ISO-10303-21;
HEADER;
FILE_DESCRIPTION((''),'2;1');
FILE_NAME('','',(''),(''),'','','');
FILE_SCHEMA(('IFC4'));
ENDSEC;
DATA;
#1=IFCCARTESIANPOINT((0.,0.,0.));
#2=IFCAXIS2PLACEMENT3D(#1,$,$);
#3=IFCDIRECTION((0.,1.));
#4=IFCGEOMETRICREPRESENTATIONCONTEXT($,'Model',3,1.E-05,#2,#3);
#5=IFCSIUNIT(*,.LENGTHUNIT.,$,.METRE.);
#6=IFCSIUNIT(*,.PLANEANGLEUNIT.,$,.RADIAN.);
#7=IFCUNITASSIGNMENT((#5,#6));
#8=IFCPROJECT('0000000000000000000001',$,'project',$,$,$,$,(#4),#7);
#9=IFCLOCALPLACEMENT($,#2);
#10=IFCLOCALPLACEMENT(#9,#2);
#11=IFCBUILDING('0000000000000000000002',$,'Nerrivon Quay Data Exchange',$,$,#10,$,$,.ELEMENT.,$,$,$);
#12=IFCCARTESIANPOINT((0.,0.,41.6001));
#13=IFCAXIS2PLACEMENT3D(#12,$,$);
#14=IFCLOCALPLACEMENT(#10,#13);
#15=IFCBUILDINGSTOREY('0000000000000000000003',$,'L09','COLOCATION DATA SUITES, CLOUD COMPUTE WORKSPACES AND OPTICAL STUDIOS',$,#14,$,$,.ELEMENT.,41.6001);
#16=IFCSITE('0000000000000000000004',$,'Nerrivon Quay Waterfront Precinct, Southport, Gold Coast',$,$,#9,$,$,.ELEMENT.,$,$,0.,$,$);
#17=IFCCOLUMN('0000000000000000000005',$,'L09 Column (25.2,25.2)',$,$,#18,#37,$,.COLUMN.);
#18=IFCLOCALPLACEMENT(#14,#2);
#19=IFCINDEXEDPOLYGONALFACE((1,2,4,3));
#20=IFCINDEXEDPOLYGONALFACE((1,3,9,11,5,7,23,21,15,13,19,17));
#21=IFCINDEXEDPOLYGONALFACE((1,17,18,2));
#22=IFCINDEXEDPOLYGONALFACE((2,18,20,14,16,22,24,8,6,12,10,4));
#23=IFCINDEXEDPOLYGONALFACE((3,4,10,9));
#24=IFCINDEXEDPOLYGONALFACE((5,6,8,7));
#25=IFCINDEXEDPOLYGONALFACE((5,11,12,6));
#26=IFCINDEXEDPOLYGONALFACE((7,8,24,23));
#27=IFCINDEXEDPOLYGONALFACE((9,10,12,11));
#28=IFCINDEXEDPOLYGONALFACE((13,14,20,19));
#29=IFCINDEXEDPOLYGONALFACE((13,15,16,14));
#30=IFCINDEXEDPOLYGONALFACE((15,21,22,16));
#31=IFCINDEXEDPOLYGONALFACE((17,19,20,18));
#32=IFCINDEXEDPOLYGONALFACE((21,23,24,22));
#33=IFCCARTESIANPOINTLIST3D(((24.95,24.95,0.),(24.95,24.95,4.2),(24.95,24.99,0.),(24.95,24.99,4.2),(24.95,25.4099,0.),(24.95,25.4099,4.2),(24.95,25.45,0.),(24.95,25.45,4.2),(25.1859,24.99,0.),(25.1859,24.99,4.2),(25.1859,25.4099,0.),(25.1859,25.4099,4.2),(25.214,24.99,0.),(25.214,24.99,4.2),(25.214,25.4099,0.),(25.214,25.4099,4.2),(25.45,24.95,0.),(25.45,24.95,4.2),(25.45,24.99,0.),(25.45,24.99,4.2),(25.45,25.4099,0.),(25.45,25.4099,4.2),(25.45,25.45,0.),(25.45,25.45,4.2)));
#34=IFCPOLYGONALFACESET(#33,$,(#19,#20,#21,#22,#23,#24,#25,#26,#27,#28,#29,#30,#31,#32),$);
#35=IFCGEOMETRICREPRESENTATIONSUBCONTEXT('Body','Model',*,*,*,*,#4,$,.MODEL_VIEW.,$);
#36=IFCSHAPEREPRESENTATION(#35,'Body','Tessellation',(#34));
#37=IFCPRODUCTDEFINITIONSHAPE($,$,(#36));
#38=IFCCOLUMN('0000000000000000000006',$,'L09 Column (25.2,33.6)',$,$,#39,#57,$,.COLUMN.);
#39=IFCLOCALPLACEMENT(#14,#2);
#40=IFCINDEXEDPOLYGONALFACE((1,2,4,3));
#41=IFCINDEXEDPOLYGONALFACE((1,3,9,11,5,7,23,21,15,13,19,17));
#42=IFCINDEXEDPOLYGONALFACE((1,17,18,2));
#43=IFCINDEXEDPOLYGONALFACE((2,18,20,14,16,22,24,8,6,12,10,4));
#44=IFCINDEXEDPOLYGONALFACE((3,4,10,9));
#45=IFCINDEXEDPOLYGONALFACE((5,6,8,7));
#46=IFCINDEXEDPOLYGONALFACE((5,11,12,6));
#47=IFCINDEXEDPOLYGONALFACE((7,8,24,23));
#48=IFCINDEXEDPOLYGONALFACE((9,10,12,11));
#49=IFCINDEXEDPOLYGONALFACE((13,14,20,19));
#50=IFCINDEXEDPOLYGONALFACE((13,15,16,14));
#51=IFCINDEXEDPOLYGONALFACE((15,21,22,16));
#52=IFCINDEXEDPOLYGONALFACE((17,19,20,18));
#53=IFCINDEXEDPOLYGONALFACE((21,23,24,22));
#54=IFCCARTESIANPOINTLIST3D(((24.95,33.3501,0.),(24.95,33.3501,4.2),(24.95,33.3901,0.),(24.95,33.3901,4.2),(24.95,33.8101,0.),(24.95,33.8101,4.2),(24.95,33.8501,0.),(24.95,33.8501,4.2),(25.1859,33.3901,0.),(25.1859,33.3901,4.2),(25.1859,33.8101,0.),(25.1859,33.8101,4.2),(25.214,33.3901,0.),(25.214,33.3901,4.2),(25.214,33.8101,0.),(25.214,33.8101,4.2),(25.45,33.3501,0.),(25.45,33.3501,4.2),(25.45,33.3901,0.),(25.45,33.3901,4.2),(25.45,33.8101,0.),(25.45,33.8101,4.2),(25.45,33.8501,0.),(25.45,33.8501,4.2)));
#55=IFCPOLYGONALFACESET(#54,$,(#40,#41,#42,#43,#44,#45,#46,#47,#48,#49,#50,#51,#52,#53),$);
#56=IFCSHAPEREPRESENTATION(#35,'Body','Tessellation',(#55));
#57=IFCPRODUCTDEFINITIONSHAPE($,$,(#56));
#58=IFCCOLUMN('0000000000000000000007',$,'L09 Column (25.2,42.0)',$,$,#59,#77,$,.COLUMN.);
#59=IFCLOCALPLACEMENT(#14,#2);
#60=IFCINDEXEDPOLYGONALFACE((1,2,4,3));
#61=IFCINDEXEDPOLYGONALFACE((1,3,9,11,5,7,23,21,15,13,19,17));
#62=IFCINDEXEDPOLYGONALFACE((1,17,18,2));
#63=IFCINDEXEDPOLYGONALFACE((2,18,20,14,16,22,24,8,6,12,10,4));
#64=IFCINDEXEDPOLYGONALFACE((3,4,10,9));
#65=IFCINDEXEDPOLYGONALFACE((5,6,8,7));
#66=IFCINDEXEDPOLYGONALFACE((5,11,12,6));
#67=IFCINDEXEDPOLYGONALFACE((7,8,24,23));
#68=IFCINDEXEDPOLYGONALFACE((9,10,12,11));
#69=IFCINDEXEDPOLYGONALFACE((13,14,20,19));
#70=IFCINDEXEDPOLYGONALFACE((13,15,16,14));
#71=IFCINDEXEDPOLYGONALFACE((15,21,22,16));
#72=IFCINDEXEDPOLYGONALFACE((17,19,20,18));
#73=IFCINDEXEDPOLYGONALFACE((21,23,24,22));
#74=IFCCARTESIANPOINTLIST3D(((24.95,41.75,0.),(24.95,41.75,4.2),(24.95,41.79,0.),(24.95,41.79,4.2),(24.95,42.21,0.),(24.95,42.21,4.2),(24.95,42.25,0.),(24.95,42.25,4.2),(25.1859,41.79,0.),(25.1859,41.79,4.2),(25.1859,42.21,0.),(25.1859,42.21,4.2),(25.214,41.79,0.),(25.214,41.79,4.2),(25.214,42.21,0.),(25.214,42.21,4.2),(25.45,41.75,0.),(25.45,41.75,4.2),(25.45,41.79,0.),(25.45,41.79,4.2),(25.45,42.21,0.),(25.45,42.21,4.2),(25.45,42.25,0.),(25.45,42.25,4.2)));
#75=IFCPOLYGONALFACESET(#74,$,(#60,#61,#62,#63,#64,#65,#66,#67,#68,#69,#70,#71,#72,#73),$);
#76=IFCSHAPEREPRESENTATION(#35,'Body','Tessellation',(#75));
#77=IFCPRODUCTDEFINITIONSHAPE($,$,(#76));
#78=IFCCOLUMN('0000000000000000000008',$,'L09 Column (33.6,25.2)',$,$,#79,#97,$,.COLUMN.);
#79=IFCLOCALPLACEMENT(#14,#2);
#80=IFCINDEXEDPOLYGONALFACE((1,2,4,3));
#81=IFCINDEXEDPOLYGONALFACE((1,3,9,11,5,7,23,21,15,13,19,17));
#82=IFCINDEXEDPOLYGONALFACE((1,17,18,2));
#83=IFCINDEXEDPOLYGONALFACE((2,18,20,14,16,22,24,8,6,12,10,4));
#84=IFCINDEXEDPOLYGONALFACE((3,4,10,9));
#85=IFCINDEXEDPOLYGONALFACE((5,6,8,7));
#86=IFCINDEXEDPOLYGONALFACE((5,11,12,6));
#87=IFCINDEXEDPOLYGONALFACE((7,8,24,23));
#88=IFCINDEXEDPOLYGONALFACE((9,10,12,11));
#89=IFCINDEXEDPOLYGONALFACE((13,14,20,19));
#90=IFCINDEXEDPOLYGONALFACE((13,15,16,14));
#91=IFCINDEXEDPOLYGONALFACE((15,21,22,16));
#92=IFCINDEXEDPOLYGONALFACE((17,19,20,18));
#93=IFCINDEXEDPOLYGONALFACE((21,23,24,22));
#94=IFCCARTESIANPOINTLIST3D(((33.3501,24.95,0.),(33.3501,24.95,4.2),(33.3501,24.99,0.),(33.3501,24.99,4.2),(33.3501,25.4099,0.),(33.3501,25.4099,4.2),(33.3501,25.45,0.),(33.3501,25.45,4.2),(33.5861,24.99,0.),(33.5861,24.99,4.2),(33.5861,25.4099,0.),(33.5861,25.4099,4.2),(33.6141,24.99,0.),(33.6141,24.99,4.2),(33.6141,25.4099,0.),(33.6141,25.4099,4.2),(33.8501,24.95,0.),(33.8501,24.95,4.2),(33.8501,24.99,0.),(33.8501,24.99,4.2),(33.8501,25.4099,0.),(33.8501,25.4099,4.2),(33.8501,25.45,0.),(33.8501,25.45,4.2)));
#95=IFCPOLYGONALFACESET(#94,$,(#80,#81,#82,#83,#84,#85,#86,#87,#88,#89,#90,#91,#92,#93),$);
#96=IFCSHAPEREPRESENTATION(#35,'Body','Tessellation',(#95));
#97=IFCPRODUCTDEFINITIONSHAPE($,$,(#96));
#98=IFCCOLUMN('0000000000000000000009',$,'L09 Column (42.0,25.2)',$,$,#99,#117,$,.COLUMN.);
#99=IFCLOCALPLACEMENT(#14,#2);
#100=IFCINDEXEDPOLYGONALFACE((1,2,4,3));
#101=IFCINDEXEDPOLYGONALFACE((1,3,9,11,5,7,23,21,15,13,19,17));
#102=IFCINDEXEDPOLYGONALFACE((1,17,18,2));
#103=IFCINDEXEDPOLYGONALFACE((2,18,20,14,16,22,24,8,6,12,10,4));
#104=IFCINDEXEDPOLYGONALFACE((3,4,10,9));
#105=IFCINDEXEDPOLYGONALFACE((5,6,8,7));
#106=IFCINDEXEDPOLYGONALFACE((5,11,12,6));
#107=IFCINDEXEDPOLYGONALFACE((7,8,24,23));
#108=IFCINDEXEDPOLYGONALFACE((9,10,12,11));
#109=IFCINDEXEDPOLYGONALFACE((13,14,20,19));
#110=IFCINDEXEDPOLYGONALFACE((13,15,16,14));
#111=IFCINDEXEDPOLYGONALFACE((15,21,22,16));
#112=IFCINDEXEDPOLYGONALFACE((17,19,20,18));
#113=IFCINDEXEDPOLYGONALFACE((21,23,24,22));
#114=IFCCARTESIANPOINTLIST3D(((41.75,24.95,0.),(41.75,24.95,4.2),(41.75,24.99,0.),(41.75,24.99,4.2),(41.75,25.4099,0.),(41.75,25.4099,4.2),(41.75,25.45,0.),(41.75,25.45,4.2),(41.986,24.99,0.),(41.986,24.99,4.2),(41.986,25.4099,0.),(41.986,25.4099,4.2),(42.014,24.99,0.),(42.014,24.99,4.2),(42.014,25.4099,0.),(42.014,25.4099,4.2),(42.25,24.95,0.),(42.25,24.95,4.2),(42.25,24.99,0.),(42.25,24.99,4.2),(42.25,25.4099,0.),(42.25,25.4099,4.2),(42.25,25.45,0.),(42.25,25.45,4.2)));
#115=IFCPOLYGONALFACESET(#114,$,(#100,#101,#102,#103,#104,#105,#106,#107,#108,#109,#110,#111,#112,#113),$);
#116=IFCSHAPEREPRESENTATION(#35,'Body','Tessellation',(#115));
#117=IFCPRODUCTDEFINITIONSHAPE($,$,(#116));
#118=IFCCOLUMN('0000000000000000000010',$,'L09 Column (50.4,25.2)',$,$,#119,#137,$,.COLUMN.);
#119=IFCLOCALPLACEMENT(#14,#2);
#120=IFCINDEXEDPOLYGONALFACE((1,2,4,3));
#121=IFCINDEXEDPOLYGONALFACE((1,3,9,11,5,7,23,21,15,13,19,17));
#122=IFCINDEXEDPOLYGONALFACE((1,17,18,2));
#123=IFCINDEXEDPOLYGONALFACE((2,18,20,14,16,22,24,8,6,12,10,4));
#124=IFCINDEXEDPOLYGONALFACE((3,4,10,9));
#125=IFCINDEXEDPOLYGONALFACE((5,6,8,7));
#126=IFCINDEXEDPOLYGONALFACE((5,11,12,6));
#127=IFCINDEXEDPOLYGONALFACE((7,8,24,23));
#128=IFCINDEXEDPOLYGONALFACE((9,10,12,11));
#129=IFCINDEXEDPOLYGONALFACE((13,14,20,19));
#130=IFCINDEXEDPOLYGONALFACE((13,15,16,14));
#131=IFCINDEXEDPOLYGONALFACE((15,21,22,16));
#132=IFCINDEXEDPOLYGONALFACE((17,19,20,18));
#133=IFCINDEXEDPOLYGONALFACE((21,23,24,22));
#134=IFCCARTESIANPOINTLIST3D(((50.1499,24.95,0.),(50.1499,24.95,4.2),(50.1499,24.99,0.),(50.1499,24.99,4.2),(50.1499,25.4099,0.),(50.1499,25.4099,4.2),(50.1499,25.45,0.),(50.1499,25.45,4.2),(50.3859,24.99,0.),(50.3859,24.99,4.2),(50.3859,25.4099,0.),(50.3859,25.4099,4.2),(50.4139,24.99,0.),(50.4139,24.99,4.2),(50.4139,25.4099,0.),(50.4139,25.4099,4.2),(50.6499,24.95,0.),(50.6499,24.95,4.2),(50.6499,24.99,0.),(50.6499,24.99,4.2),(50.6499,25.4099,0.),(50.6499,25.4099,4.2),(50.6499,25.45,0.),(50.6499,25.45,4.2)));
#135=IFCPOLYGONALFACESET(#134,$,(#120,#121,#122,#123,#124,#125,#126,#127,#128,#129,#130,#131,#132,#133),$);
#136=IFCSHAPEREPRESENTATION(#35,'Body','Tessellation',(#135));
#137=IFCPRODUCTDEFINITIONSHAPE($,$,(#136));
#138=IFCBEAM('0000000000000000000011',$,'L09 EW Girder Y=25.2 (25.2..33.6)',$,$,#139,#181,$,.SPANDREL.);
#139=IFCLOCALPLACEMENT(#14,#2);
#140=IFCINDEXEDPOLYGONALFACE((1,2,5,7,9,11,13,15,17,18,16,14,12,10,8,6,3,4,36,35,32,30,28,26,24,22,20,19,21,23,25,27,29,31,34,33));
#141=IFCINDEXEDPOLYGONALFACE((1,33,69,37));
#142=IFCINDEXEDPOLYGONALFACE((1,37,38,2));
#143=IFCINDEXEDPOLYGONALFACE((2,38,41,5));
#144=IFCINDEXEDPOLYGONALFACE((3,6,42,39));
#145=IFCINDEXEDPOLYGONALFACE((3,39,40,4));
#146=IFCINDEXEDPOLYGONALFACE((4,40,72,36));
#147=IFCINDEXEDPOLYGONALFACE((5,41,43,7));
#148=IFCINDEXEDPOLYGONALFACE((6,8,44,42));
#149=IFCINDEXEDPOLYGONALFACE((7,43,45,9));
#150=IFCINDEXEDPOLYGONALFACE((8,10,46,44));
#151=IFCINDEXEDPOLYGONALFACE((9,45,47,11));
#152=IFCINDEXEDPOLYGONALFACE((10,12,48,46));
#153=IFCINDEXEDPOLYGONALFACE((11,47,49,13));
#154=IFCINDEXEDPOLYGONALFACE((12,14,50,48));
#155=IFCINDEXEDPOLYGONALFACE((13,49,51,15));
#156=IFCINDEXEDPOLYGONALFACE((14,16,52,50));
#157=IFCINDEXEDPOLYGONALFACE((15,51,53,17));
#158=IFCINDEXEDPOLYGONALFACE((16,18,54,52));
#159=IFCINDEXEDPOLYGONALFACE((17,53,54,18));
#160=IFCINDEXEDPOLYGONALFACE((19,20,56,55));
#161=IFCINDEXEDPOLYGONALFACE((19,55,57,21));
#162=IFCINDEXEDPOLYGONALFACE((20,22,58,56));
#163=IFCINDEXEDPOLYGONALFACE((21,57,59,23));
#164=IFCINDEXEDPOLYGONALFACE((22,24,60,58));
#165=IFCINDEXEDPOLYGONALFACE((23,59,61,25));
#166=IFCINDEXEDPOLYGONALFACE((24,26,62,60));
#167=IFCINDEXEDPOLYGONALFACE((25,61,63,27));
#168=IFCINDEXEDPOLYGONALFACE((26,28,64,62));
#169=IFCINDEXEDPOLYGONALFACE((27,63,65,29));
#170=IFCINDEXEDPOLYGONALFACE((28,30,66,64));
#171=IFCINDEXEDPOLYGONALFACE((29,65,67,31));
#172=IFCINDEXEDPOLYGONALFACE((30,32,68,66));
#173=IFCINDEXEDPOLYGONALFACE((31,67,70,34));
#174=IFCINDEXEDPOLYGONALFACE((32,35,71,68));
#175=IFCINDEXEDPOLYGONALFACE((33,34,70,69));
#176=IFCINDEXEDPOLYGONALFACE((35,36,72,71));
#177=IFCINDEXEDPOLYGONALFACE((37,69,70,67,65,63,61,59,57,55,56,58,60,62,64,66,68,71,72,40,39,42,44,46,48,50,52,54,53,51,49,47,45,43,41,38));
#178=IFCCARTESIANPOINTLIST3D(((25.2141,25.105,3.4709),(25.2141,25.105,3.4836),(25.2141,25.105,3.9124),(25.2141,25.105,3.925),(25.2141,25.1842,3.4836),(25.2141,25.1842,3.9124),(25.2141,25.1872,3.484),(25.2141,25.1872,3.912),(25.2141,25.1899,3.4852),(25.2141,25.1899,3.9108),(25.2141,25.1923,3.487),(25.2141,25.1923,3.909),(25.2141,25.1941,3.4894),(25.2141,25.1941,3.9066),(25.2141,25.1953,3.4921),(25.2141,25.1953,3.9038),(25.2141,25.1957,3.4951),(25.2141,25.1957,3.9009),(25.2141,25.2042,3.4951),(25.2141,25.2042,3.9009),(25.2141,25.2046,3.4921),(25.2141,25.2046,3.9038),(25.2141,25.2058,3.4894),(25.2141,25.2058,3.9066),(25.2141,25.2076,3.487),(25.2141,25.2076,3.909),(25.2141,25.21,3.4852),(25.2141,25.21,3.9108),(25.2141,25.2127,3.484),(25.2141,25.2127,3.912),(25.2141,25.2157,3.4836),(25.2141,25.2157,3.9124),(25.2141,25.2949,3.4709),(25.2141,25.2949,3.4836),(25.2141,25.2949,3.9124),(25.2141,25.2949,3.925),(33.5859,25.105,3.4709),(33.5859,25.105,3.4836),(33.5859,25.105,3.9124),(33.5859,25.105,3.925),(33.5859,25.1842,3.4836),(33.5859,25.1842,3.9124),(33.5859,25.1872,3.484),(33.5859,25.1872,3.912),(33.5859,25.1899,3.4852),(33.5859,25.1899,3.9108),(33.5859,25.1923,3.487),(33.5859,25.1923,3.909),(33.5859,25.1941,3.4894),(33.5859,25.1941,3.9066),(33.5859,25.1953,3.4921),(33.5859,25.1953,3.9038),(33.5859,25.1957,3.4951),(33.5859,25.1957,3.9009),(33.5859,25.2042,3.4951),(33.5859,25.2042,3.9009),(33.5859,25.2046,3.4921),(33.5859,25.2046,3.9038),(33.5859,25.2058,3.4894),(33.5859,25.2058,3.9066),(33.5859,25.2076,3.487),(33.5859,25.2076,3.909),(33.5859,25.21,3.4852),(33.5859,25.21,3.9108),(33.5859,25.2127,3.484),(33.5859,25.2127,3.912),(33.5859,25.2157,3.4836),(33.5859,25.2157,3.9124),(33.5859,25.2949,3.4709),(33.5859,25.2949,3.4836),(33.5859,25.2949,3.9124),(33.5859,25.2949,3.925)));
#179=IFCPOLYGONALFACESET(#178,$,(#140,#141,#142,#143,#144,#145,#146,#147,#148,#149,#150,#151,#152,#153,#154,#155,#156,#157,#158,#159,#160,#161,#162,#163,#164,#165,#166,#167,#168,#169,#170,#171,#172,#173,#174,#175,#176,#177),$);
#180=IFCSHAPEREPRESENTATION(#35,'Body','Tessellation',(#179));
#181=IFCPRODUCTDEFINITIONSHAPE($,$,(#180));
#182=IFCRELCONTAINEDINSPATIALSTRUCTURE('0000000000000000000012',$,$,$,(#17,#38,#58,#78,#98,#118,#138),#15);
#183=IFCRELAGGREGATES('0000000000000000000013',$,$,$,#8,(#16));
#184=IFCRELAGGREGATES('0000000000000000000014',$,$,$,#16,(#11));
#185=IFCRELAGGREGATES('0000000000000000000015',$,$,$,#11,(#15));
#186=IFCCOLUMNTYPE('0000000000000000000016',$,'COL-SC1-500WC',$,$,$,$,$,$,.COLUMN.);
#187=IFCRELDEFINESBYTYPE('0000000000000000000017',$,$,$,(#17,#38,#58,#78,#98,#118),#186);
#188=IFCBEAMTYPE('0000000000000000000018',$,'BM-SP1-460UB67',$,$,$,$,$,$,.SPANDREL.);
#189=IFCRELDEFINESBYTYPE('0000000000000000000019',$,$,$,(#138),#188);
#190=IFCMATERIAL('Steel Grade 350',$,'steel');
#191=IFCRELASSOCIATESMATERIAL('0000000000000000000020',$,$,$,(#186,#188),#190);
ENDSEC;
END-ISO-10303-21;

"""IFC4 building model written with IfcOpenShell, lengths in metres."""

from ifc_helpers import new_model, si_unit, direction, frame, origin, origin_2d, place, context, subcontext, project, spatial, i_section, extrude, material, material_profile, profile_set, type_object, element, save


model = new_model("IFC4")

# Units and contexts
model_context = context("Model", 3, precision=1e-05, world=origin(), true_north=direction((0.0, 1.0)))
body_context = subcontext(model_context, "Body", "Model", "MODEL_VIEW")
ifc_project = project(units=[si_unit("LENGTHUNIT", "METRE"), si_unit("PLANEANGLEUNIT", "RADIAN")], contexts=[model_context])

# Site, building, storey
site_placement = place(None, origin())
site = spatial("IfcSite", under=ifc_project, at=site_placement, Name="Nerrivon Quay Waterfront Precinct, Southport, Gold Coast", CompositionType="ELEMENT", RefElevation=0.0)
building_placement = place(site_placement, origin())
building = spatial("IfcBuilding", under=site, at=building_placement, Name="Nerrivon Quay Data Exchange", CompositionType="ELEMENT")
storey_placement = place(building_placement, frame((0.0, 0.0, 41.6001)))
storey = spatial("IfcBuildingStorey", under=building, at=storey_placement, Name="L09", Description="COLOCATION DATA SUITES, CLOUD COMPUTE WORKSPACES AND OPTICAL STUDIOS", CompositionType="ELEMENT", Elevation=41.6001)

# Columns
ifc_material_1 = material(Name="Steel Grade 350", Category="steel")
ifc_material_profile_1 = material_profile(ifc_material_1, i_section(OverallWidth=0.5, OverallDepth=0.5, WebThickness=0.0281, FlangeThickness=0.04, at=origin_2d()), Name="500WC440")
ifc_profile_set_1 = profile_set([ifc_material_profile_1], Name="Steel Grade 350")
column_type = type_object("IfcColumnType", Name="COL-SC1-500WC", PredefinedType="COLUMN", material=ifc_profile_set_1)
for number, where, z_axis, x_axis, name in (
    (1, (25.2, 25.2, 0.0), (0.0, 0.0, 1.0), (1.0, 0.0, 0.0), "L09 Column (25.2,25.2)"),
    (2, (25.2, 33.6001, 0.0), (0.0, 0.0, 1.0), (1.0, 0.0, 0.0), "L09 Column (25.2,33.6)"),
    (3, (25.2, 42.0, 0.0), (0.0, 0.0, 1.0), (1.0, 0.0, 0.0), "L09 Column (25.2,42.0)"),
    (4, (33.6001, 25.2, 0.0), (0.0, 0.0, 1.0), (1.0, 0.0, 0.0), "L09 Column (33.6,25.2)"),
    (5, (42.0, 25.2, 0.0), (0.0, 0.0, 1.0), (1.0, 0.0, 0.0), "L09 Column (42.0,25.2)"),
    (6, (50.3999, 25.2, 0.0), (0.0, 0.0, 1.0), (1.0, 0.0, 0.0), "L09 Column (50.4,25.2)"),
):
    element("IfcColumn", number, at=place(storey_placement, frame(where, z_axis=z_axis, x_axis=x_axis)), inside=storey, type_object=column_type, Name=name, PredefinedType="COLUMN", context=body_context, shape_type="SweptSolid", body=[
        extrude(i_section(OverallWidth=0.5, OverallDepth=0.5, WebThickness=0.0281, FlangeThickness=0.04, at=origin_2d()), origin(), (0.0, 0.0, 1.0), 4.2),
    ])

# Beam
ifc_material_profile_2 = material_profile(ifc_material_1, i_section(OverallWidth=0.1899, OverallDepth=0.4541, WebThickness=0.0085, FlangeThickness=0.0127, FilletRadius=0.0115, at=origin_2d()), Name="460UB67.1")
ifc_profile_set_2 = profile_set([ifc_material_profile_2], Name="Steel Grade 350")
beam_type = type_object("IfcBeamType", Name="BM-SP1-460UB67", PredefinedType="SPANDREL", material=ifc_profile_set_2)
beam_1_placement = place(storey_placement, frame((25.2141, 25.2, 3.698), z_axis=(1.0, 0.0, 0.0), x_axis=(0.0, 1.0, 0.0)))
element("IfcBeam", 7, at=beam_1_placement, inside=storey, type_object=beam_type, Name="L09 EW Girder Y=25.2 (25.2..33.6)", PredefinedType="SPANDREL", context=body_context, shape_type="SweptSolid", body=[
    extrude(i_section(OverallWidth=0.1899, OverallDepth=0.4541, WebThickness=0.0085, FlangeThickness=0.0127, FilletRadius=0.0115, at=origin_2d()), origin(), (0.0, 0.0, 1.0), 8.3718),
])

save(model, "model.ifc")
